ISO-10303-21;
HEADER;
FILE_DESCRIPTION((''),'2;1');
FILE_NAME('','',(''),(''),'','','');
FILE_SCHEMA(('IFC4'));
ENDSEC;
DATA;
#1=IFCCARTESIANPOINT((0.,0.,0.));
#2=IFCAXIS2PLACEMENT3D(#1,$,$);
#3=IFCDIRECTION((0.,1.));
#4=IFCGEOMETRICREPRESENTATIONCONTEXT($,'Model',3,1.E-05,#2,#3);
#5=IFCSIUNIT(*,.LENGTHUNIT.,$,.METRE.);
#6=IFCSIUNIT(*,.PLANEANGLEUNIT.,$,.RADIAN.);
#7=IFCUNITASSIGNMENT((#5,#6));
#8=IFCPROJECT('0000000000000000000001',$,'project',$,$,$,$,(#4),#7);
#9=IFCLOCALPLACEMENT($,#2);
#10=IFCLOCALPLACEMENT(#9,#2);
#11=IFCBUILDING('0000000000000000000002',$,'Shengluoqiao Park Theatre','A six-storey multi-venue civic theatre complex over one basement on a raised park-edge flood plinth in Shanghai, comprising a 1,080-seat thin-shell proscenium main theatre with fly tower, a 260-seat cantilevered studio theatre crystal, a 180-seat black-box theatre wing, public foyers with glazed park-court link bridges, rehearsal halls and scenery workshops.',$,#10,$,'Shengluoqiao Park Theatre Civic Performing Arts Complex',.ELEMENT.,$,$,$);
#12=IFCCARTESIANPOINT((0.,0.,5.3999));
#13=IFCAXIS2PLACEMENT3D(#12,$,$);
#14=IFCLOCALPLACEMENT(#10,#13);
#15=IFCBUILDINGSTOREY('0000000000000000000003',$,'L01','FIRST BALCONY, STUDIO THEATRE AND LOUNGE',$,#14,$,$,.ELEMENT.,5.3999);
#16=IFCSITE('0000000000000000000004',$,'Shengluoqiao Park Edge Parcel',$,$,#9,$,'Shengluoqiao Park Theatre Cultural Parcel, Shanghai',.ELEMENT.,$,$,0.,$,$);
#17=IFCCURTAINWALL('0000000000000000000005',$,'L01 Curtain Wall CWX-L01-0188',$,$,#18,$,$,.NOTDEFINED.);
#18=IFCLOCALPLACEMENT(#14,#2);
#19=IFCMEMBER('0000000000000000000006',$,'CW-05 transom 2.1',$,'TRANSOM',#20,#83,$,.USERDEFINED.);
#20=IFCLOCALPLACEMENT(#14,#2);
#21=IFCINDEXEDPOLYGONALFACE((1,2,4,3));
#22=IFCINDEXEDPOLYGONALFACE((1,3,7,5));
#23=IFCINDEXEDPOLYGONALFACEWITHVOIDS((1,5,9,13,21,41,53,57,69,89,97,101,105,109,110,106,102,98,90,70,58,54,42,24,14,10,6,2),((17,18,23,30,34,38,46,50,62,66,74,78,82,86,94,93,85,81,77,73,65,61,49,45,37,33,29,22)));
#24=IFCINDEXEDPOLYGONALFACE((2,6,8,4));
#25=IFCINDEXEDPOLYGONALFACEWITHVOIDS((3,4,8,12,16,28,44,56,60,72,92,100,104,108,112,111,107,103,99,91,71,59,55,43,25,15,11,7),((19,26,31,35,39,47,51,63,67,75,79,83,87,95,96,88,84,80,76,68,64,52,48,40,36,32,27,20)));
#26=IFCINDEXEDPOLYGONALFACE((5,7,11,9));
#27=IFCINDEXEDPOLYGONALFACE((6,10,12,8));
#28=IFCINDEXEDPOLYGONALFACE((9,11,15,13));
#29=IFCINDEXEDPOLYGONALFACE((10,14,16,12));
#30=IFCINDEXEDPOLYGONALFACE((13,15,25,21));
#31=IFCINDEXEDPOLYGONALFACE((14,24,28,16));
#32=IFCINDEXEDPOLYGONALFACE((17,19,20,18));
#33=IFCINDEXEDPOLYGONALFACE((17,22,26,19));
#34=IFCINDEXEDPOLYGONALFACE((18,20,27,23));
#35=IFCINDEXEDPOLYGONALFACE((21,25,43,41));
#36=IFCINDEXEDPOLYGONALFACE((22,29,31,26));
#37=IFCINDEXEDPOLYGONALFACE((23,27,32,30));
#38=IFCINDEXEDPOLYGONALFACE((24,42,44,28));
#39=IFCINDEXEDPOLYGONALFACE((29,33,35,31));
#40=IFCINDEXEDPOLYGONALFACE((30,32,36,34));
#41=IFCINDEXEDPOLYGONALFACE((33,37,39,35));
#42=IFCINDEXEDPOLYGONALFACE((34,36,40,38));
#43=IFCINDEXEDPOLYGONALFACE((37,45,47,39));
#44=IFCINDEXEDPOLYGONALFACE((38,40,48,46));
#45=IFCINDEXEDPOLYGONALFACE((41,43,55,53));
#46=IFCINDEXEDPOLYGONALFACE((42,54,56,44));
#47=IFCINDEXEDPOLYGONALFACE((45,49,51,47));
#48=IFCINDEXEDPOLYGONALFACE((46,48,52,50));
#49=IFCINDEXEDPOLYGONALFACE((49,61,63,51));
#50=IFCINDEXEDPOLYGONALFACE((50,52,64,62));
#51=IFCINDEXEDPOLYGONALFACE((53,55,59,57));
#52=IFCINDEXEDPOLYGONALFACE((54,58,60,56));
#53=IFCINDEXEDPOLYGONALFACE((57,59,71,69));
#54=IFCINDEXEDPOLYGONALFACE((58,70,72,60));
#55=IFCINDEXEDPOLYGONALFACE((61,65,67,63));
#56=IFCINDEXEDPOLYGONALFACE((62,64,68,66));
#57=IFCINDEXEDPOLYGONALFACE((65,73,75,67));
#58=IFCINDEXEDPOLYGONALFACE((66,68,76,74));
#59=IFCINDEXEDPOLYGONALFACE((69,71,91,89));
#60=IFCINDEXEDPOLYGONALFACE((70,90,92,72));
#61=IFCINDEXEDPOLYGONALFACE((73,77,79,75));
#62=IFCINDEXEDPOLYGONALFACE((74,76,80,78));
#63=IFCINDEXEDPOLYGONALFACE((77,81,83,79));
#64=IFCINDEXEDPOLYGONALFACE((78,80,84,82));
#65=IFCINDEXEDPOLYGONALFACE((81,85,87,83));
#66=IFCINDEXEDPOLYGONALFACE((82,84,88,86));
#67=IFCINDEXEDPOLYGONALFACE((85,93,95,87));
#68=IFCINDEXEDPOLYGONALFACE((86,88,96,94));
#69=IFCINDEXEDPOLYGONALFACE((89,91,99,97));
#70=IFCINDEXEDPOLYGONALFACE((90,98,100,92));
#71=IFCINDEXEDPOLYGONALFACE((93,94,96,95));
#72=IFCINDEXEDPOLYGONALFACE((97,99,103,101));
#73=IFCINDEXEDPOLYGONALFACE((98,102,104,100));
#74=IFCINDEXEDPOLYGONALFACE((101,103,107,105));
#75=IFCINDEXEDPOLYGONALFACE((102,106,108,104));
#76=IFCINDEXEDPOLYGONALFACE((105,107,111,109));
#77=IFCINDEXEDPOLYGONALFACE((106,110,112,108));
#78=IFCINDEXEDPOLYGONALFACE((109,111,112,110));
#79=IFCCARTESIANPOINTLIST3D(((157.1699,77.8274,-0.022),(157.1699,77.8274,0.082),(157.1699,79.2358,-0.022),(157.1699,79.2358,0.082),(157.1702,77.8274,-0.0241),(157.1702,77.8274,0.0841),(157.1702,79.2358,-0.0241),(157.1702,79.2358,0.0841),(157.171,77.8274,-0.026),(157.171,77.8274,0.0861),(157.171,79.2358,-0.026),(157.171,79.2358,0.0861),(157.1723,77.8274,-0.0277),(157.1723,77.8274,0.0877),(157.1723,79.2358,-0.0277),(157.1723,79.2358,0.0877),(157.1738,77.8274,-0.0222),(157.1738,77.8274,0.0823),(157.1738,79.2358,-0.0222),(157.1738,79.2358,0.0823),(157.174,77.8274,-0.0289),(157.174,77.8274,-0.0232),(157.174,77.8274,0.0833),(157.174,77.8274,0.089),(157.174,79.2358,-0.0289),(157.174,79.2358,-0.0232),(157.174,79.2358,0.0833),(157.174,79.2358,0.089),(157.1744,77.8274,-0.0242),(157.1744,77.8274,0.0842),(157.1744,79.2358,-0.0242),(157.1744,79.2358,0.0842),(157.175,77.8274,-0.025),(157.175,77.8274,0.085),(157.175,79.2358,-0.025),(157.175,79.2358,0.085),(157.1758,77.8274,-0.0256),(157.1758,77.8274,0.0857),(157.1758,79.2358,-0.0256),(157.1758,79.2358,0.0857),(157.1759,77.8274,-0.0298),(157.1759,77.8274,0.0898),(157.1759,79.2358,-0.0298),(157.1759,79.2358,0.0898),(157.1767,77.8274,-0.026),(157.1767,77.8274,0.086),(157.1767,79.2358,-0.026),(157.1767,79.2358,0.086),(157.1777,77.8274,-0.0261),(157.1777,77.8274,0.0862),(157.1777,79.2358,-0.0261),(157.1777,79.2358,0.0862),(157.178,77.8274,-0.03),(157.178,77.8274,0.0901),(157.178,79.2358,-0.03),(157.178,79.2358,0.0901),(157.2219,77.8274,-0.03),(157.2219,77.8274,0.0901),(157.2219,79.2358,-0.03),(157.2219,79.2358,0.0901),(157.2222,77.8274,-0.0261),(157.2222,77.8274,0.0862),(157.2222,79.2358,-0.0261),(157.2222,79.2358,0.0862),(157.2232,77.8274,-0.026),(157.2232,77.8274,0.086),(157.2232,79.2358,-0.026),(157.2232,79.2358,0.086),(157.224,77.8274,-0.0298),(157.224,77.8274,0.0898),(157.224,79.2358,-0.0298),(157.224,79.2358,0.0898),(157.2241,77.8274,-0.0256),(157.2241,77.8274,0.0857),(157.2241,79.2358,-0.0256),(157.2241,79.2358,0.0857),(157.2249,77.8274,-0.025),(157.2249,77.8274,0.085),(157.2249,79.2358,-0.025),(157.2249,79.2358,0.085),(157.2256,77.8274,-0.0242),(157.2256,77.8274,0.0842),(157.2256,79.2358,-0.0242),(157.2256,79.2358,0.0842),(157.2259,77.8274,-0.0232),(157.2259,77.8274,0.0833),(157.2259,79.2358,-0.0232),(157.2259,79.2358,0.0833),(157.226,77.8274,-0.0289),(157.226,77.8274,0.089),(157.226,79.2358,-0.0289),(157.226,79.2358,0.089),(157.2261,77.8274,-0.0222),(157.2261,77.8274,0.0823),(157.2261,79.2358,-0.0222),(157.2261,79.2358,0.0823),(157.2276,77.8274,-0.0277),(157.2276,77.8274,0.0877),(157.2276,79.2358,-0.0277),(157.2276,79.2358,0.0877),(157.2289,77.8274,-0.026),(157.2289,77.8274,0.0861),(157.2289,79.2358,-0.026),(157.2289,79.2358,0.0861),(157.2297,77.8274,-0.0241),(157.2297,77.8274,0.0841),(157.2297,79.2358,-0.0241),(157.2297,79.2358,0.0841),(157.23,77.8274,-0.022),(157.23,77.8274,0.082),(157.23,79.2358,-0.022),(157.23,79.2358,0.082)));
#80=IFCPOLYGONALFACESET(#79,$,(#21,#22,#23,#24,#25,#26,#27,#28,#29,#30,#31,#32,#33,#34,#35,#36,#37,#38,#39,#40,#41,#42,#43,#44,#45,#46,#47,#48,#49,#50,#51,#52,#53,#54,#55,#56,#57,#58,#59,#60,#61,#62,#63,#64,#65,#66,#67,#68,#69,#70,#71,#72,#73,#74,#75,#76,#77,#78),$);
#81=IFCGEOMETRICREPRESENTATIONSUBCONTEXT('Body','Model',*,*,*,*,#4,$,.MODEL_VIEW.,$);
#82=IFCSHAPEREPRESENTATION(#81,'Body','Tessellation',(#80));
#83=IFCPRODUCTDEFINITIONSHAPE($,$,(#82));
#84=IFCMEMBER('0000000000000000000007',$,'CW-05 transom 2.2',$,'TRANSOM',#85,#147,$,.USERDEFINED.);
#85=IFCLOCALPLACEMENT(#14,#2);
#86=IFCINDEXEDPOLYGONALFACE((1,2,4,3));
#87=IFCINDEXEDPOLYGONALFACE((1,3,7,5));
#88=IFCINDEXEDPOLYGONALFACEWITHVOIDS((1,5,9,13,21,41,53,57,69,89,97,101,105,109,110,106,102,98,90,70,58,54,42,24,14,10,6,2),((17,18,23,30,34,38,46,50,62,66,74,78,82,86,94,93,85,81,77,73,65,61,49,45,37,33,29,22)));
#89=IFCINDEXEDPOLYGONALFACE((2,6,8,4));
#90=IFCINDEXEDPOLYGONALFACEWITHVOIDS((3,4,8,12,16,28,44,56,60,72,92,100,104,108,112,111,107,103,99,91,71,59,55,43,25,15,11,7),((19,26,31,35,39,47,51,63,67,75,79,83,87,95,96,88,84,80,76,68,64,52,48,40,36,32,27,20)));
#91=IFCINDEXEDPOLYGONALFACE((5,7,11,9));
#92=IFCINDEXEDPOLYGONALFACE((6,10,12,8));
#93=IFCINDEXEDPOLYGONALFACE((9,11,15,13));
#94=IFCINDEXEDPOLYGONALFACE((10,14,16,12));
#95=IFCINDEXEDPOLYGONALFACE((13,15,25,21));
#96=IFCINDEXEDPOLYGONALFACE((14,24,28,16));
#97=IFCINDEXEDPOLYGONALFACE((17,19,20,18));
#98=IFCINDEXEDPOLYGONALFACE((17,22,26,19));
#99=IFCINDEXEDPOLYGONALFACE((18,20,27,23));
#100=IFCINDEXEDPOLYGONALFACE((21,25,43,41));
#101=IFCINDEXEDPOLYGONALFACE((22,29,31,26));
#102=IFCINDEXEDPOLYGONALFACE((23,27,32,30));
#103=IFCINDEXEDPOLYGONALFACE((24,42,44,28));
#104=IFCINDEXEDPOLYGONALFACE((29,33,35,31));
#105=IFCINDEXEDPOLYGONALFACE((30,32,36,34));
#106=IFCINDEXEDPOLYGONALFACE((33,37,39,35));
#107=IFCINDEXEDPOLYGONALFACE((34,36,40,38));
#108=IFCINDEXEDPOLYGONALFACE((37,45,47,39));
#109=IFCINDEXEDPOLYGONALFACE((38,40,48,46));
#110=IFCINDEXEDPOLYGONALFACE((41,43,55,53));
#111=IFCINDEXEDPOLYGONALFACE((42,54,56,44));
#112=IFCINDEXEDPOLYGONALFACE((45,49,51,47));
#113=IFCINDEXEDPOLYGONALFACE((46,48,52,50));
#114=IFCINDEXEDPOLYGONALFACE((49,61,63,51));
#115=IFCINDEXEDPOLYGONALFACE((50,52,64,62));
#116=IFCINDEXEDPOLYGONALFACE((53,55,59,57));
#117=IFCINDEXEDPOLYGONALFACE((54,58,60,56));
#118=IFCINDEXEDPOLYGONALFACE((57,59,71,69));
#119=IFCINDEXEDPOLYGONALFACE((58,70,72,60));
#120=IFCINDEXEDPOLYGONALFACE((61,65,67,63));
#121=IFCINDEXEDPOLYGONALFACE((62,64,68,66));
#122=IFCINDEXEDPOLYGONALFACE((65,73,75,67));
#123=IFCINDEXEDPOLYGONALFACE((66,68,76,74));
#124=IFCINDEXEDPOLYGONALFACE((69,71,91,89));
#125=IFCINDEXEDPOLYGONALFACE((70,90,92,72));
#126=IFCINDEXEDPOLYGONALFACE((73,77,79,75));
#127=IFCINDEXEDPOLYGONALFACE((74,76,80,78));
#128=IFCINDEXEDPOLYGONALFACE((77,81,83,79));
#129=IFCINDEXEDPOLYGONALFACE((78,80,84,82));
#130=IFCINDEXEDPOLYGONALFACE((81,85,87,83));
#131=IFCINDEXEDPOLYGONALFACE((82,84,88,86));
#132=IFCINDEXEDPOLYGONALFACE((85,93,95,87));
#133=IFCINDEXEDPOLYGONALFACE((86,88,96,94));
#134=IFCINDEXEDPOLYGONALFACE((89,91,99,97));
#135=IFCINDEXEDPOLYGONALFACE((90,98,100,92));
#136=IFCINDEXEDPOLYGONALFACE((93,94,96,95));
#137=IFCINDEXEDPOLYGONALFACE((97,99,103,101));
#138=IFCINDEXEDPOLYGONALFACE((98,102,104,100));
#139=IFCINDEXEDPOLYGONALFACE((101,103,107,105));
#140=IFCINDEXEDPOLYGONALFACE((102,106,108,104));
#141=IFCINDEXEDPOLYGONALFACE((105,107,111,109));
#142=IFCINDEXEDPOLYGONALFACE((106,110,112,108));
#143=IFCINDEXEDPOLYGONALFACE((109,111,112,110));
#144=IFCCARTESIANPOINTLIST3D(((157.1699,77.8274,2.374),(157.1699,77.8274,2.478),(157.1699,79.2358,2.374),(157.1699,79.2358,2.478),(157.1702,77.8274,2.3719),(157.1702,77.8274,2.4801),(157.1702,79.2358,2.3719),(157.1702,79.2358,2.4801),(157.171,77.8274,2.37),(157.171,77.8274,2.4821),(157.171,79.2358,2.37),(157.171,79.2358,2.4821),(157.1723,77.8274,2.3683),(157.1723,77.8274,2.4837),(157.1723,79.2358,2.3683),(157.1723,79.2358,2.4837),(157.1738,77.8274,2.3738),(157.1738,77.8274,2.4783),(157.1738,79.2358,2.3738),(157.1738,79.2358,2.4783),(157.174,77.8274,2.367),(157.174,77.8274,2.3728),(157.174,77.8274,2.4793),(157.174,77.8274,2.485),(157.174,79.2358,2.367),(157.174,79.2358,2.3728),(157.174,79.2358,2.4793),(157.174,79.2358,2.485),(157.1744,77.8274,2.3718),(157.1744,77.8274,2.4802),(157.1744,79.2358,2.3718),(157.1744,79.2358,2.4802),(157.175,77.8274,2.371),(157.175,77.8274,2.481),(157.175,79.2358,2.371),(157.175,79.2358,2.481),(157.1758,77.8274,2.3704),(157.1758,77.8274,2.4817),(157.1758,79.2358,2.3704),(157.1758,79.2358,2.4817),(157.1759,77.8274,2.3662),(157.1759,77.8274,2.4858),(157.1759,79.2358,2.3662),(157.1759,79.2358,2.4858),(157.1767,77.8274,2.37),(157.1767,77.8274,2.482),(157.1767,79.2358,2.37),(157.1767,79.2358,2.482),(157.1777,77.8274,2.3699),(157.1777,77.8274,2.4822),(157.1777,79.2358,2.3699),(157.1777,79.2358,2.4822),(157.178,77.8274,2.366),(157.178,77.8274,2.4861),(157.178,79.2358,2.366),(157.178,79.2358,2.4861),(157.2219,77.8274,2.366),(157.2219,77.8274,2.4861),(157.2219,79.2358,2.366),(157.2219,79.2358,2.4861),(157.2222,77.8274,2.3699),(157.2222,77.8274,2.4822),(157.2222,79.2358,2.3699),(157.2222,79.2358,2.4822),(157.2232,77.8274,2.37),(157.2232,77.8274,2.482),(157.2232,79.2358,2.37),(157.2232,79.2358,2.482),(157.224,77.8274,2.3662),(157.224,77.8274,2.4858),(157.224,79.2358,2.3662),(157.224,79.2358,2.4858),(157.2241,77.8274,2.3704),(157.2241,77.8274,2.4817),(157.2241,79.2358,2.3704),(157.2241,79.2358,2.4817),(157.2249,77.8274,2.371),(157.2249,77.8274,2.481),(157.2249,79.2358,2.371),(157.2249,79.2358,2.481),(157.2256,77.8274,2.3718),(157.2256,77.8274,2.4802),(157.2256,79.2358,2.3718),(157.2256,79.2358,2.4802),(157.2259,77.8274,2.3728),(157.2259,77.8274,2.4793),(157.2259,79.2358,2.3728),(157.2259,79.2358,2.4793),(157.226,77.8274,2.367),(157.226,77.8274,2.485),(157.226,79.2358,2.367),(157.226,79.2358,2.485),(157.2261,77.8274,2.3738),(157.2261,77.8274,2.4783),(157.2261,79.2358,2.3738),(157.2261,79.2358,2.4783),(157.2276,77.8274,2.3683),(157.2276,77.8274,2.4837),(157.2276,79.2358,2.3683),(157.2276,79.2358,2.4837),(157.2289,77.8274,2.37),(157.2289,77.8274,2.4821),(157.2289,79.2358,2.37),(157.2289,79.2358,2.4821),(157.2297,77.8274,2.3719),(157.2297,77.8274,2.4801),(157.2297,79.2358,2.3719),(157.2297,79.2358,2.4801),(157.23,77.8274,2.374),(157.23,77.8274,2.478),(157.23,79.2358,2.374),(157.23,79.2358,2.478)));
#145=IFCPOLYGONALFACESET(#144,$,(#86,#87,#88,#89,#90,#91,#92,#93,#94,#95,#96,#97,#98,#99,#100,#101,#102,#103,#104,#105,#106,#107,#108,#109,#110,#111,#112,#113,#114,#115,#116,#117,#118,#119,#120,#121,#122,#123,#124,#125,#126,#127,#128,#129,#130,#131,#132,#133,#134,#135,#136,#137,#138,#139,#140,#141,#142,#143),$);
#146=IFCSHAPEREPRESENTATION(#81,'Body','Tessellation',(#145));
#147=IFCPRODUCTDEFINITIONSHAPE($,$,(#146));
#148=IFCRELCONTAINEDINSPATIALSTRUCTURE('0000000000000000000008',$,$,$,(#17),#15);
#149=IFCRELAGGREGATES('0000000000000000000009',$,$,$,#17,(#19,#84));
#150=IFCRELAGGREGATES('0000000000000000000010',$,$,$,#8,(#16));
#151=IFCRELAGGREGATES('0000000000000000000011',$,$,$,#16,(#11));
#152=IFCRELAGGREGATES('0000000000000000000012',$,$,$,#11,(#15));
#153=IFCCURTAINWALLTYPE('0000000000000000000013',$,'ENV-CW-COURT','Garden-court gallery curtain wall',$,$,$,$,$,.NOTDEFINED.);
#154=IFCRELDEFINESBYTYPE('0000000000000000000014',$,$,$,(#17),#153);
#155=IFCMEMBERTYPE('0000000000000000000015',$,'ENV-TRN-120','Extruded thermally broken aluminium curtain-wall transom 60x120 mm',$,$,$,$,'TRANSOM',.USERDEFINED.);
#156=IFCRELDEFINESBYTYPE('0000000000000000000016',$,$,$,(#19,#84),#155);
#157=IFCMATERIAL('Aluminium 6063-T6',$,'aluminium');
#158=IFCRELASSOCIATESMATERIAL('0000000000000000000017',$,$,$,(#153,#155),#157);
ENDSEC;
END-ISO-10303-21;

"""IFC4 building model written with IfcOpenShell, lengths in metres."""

from ifc_helpers import new_model, si_unit, direction, frame, origin, origin_2d, place, context, subcontext, project, spatial, hollow_rectangle, extrude, material, material_profile, profile_set, type_object, element, aggregate, save


model = new_model("IFC4")

# Units and contexts
model_context = context("Model", 3, precision=1e-05, world=origin(), true_north=direction((0.0, 1.0)))
body_context = subcontext(model_context, "Body", "Model", "MODEL_VIEW")
ifc_project = project(units=[si_unit("LENGTHUNIT", "METRE"), si_unit("PLANEANGLEUNIT", "RADIAN")], contexts=[model_context])

# Site, building, storey
site_placement = place(None, origin())
site = spatial("IfcSite", under=ifc_project, at=site_placement, Name="Shengluoqiao Park Edge Parcel", LongName="Shengluoqiao Park Theatre Cultural Parcel, Shanghai", CompositionType="ELEMENT", RefElevation=0.0)
building_placement = place(site_placement, origin())
building = spatial("IfcBuilding", under=site, at=building_placement, Name="Shengluoqiao Park Theatre", Description="A six-storey multi-venue civic theatre complex over one basement on a raised park-edge flood plinth in Shanghai, comprising a 1,080-seat thin-shell proscenium main theatre with fly tower, a 260-seat cantilevered studio theatre crystal, a 180-seat black-box theatre wing, public foyers with glazed park-court link bridges, rehearsal halls and scenery workshops.", LongName="Shengluoqiao Park Theatre Civic Performing Arts Complex", CompositionType="ELEMENT")
storey_placement = place(building_placement, frame((0.0, 0.0, 5.3999)))
storey = spatial("IfcBuildingStorey", under=building, at=storey_placement, Name="L01", Description="FIRST BALCONY, STUDIO THEATRE AND LOUNGE", CompositionType="ELEMENT", Elevation=5.3999)

# Curtain wall
ifc_material_1 = material(Name="Aluminium 6063-T6", Category="aluminium")
curtain_wall_type_1 = type_object("IfcCurtainWallType", Name="ENV-CW-COURT", Description="Garden-court gallery curtain wall", PredefinedType="NOTDEFINED", material=ifc_material_1)
curtain_wall_1_placement = place(storey_placement, origin())
curtain_wall_1 = element("IfcCurtainWall", 1, at=curtain_wall_1_placement, inside=storey, type_object=curtain_wall_type_1, Name="L01 Curtain Wall CWX-L01-0188", PredefinedType="NOTDEFINED")

# Members
ifc_material_profile_1 = material_profile(ifc_material_1, hollow_rectangle(XDim=0.0601, YDim=0.1201, WallThickness=0.0039, InnerFilletRadius=0.0039, OuterFilletRadius=0.0081, at=origin_2d()), Name="ALU TRANSOM 120x60x4")
ifc_profile_set_1 = profile_set([ifc_material_profile_1], Name="Aluminium 6063-T6")
member_type_1 = type_object("IfcMemberType", Name="ENV-TRN-120", Description="Extruded thermally broken aluminium curtain-wall transom 60x120 mm", ElementType="TRANSOM", PredefinedType="USERDEFINED", material=ifc_profile_set_1)
member_1_placement = place(storey_placement, frame((157.2, 77.8274, 0.03), z_axis=(0.0, 1.0, 0.0), x_axis=(-1.0, 0.0, 0.0)))
member_1 = element("IfcMember", 2, at=member_1_placement, type_object=member_type_1, Name="CW-05 transom 2.1", ObjectType="TRANSOM", PredefinedType="USERDEFINED", context=body_context, shape_type="SweptSolid", body=[
    extrude(hollow_rectangle(XDim=0.0601, YDim=0.1201, WallThickness=0.0039, InnerFilletRadius=0.0039, OuterFilletRadius=0.0081, at=origin_2d()), origin(), (0.0, 0.0, 1.0), 1.4084),
])
member_2_placement = place(storey_placement, frame((157.2, 77.8274, 2.426), z_axis=(0.0, 1.0, 0.0), x_axis=(-1.0, 0.0, 0.0)))
member_2 = element("IfcMember", 3, at=member_2_placement, type_object=member_type_1, Name="CW-05 transom 2.2", ObjectType="TRANSOM", PredefinedType="USERDEFINED", context=body_context, shape_type="SweptSolid", body=[
    extrude(hollow_rectangle(XDim=0.0601, YDim=0.1201, WallThickness=0.0039, InnerFilletRadius=0.0039, OuterFilletRadius=0.0081, at=origin_2d()), origin(), (0.0, 0.0, 1.0), 1.4084),
])

aggregate(curtain_wall_1, [member_1, member_2])

save(model, "model.ifc")
